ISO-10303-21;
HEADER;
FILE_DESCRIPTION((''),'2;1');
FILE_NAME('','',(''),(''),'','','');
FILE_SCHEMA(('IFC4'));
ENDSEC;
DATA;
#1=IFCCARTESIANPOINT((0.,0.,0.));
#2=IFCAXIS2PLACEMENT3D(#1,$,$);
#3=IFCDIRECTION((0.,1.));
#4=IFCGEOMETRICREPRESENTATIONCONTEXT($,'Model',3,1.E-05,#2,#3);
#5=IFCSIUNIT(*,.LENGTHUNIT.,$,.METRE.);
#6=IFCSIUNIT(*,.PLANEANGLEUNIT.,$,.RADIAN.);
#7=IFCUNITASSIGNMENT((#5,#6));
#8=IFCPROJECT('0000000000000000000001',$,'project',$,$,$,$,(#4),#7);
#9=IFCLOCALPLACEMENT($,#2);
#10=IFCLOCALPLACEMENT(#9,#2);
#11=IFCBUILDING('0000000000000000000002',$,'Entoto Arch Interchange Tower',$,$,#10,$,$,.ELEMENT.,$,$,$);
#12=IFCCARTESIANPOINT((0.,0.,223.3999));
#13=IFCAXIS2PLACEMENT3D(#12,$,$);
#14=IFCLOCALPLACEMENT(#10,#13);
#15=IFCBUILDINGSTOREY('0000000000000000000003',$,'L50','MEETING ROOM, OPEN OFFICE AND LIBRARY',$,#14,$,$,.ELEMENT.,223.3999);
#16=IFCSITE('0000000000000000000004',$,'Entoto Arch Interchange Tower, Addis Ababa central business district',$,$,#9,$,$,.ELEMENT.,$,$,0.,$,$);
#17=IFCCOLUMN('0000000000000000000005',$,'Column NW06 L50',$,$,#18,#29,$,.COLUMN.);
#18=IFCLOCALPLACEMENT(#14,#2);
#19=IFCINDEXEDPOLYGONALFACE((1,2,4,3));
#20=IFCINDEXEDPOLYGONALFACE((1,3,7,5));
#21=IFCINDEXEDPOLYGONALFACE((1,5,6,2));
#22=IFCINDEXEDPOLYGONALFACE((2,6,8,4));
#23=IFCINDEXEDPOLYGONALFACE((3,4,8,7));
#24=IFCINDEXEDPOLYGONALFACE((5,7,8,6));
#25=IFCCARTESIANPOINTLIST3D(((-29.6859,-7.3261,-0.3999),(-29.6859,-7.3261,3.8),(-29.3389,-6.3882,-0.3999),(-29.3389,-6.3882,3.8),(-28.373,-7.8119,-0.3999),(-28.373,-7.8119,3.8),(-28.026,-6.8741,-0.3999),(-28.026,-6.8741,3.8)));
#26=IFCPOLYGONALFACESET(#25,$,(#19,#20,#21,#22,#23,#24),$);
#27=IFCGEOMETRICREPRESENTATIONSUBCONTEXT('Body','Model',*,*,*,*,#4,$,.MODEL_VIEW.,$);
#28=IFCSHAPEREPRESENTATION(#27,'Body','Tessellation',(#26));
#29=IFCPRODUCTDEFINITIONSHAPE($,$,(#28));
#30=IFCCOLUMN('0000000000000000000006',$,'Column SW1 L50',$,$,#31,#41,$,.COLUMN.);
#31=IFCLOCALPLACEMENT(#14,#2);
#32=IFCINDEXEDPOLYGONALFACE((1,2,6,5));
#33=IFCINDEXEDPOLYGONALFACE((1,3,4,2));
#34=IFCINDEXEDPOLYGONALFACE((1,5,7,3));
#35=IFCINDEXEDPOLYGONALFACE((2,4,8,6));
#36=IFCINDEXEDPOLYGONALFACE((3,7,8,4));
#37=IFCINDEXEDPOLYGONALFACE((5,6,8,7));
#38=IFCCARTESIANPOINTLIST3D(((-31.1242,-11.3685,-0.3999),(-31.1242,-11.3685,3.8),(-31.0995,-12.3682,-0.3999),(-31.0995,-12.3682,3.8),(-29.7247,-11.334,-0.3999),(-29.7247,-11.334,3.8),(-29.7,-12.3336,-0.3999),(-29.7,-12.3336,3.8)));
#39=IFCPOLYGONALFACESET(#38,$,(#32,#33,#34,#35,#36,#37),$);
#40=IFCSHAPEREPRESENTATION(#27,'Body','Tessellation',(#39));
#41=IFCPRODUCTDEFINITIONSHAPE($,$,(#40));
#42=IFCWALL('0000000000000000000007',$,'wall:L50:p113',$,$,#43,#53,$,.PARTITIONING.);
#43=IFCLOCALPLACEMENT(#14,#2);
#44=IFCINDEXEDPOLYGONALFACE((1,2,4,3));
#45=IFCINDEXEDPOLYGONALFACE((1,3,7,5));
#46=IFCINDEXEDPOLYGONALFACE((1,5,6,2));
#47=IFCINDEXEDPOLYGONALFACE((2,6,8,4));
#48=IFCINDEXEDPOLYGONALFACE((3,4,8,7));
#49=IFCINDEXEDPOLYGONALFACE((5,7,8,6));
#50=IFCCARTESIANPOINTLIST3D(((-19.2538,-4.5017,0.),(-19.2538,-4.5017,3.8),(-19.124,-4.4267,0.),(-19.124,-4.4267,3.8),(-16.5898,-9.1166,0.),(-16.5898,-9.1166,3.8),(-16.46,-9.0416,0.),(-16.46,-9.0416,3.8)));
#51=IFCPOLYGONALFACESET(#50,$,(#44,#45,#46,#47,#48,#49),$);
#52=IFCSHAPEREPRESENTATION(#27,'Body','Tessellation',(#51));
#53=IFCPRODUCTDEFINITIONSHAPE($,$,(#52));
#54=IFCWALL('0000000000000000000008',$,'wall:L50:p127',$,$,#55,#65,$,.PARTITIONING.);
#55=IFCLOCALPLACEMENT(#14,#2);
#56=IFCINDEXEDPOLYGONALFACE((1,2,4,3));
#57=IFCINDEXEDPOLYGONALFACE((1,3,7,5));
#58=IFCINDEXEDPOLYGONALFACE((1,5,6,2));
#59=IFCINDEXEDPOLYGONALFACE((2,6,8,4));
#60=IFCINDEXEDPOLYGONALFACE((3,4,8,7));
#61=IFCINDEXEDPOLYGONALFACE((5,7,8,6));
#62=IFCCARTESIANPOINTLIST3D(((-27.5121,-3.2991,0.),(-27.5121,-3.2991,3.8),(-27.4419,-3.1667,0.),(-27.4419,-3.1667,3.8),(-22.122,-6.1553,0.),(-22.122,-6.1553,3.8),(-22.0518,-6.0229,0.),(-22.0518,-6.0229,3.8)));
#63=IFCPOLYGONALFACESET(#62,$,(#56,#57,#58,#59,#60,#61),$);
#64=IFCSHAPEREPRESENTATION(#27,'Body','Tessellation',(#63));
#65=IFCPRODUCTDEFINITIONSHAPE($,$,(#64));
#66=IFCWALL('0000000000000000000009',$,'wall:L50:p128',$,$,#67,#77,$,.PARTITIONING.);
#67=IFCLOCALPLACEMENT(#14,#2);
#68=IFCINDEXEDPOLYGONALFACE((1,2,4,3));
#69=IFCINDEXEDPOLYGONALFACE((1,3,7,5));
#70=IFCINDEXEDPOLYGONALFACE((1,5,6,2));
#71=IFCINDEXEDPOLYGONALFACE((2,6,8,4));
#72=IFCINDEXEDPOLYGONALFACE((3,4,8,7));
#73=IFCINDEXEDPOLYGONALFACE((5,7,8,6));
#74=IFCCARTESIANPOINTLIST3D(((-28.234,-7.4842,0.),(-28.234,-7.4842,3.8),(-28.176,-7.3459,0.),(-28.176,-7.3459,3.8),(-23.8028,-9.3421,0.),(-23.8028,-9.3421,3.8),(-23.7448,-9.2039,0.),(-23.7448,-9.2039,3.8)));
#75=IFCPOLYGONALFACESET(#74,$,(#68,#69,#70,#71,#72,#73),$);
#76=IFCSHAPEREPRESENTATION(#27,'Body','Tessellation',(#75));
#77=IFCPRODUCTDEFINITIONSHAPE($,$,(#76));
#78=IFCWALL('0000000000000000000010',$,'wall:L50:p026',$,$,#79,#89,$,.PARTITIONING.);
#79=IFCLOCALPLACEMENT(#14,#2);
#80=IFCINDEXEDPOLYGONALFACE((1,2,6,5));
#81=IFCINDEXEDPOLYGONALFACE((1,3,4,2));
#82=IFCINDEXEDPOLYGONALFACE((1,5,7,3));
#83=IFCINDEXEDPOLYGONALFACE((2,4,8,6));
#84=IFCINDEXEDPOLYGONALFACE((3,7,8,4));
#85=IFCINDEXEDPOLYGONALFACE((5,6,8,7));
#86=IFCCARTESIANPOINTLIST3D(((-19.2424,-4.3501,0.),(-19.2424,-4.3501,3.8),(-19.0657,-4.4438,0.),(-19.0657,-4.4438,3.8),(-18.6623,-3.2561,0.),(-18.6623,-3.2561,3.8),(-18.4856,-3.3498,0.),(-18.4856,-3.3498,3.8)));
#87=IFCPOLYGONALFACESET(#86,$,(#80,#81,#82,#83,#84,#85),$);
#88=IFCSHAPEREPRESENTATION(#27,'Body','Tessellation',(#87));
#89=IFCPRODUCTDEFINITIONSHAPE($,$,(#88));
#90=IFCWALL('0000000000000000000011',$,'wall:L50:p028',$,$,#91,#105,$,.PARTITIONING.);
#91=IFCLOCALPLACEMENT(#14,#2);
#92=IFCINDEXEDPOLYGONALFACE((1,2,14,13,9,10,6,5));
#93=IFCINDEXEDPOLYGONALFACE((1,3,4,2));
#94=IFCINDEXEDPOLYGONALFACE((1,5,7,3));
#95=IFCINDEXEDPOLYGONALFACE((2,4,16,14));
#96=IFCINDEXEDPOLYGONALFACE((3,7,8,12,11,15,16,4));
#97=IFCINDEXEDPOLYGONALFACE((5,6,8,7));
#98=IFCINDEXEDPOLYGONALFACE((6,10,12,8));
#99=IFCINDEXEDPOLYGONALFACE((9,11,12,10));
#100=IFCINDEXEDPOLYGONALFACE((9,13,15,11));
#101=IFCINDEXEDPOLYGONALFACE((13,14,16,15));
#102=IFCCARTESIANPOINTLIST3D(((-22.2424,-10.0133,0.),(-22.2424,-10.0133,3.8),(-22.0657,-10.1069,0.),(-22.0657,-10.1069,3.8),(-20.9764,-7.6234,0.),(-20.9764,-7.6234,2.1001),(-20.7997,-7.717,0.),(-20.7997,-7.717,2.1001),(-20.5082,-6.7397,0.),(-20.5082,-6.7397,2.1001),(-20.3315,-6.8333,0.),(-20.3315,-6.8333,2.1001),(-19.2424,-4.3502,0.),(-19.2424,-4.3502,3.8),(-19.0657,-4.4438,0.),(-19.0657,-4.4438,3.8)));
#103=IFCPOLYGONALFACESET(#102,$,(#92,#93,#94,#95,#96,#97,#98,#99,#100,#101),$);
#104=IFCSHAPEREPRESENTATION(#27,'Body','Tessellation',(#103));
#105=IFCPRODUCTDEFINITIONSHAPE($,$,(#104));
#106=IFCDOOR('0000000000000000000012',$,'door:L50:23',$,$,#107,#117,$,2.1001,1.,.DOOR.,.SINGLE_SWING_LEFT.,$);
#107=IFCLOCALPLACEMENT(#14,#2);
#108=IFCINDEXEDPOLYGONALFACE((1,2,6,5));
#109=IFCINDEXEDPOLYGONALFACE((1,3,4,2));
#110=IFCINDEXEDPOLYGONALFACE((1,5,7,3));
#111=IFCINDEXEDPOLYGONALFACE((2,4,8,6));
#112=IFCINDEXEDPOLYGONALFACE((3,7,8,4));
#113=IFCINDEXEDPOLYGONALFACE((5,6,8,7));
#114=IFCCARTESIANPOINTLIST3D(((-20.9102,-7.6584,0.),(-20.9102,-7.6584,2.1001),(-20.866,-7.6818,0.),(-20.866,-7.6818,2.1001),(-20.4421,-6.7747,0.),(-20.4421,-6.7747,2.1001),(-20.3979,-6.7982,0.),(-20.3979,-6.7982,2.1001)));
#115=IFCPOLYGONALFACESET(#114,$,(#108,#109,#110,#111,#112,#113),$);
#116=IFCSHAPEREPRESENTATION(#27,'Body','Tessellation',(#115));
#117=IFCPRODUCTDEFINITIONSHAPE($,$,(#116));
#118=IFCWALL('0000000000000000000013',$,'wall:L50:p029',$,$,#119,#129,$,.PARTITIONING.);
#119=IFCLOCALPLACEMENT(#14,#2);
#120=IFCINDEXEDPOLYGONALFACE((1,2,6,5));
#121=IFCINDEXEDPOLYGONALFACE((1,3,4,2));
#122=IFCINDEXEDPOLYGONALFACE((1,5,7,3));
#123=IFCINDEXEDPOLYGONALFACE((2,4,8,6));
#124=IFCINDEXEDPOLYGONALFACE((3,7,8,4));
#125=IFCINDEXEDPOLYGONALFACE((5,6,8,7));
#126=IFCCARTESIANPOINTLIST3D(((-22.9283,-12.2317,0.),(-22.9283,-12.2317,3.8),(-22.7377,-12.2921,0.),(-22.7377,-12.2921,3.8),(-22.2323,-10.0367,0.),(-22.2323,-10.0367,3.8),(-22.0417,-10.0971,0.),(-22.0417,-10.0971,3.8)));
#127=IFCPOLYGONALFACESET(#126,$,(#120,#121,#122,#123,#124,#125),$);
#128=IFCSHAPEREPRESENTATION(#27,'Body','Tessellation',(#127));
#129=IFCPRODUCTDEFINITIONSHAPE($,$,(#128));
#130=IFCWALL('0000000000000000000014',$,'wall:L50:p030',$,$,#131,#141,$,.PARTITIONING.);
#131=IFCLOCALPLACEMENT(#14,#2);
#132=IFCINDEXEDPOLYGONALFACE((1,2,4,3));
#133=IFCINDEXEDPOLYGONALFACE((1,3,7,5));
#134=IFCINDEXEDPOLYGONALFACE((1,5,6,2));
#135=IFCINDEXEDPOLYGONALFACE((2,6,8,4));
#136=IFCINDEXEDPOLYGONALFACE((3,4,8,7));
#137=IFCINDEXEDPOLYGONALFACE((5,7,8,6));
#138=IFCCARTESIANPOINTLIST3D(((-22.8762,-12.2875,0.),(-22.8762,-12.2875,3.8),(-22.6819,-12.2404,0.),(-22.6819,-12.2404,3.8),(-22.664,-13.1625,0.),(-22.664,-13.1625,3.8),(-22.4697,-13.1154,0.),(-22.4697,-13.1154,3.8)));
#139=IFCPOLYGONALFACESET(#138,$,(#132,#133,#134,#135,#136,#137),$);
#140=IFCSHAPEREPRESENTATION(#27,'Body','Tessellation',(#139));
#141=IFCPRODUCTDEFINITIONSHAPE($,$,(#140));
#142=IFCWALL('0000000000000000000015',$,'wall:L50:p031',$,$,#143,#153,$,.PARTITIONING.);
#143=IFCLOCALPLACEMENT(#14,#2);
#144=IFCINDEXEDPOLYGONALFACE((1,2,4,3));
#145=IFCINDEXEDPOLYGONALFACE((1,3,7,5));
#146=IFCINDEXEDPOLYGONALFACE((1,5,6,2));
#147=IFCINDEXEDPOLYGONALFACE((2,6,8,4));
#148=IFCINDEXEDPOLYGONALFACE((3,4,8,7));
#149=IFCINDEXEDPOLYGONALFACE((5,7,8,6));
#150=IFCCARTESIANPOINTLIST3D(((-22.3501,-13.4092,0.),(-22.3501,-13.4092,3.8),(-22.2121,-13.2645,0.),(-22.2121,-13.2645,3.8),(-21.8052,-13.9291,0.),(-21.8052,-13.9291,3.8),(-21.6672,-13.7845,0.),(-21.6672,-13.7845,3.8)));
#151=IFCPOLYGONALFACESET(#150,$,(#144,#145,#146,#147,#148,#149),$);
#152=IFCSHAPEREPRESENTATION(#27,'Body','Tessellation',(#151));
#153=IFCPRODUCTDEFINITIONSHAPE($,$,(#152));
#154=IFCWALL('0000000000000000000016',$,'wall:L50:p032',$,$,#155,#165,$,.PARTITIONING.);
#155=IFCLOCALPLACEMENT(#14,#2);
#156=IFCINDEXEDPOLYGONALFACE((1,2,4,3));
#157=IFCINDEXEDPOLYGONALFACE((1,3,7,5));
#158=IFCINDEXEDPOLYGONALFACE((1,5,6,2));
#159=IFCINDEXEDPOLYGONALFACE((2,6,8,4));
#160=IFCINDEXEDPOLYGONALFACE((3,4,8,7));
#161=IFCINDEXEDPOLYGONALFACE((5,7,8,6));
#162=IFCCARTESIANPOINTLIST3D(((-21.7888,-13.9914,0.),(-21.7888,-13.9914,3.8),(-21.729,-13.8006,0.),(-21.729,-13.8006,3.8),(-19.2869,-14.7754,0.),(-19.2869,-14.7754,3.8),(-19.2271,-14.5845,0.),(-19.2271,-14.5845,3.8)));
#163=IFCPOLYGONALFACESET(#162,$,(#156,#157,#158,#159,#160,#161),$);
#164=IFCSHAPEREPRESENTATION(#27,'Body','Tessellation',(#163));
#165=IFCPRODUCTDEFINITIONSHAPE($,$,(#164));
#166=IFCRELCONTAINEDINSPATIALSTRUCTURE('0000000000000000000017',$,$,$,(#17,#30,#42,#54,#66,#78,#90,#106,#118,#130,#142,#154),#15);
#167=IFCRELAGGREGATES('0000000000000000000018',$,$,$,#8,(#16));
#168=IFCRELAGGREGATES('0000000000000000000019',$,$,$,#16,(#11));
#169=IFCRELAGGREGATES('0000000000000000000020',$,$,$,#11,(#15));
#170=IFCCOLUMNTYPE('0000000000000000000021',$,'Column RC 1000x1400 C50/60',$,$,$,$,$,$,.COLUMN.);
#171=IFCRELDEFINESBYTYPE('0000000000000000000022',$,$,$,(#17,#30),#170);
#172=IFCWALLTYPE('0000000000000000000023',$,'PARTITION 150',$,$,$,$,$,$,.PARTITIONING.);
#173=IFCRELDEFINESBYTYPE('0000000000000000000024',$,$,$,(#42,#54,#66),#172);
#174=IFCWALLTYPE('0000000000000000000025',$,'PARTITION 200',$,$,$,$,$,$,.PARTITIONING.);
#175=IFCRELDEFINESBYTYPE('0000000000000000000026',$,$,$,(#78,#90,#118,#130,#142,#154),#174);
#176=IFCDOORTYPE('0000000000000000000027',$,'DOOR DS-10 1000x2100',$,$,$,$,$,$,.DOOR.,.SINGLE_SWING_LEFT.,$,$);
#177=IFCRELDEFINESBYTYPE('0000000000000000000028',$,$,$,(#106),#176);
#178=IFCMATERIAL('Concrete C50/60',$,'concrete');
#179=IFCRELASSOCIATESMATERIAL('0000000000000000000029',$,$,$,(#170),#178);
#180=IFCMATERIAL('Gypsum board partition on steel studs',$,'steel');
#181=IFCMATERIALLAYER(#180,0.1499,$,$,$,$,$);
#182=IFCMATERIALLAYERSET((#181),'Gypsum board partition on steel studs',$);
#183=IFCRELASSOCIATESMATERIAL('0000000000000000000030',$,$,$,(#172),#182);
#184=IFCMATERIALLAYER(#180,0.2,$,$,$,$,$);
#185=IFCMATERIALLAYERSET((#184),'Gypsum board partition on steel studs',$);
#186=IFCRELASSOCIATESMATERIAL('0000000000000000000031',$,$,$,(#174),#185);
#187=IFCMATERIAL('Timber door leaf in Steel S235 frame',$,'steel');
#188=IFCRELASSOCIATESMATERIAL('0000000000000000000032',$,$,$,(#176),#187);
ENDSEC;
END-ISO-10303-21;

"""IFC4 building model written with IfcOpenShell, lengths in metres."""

from ifc_helpers import new_model, si_unit, direction, frame, frame_2d, origin, origin_2d, place, context, subcontext, project, spatial, rectangle, extrude, material, layer, layer_set, material_profile, profile_set, type_object, element, fill, save


model = new_model("IFC4")

# Units and contexts
model_context = context("Model", 3, precision=1e-05, world=origin(), true_north=direction((0.0, 1.0)))
body_context = subcontext(model_context, "Body", "Model", "MODEL_VIEW")
ifc_project = project(units=[si_unit("LENGTHUNIT", "METRE"), si_unit("PLANEANGLEUNIT", "RADIAN")], contexts=[model_context])

# Site, building, storey
site_placement = place(None, origin())
site = spatial("IfcSite", under=ifc_project, at=site_placement, Name="Entoto Arch Interchange Tower, Addis Ababa central business district", CompositionType="ELEMENT", RefElevation=0.0)
building_placement = place(site_placement, origin())
building = spatial("IfcBuilding", under=site, at=building_placement, Name="Entoto Arch Interchange Tower", CompositionType="ELEMENT")
storey_placement = place(building_placement, frame((0.0, 0.0, 223.3999)))
storey = spatial("IfcBuildingStorey", under=building, at=storey_placement, Name="L50", Description="MEETING ROOM, OPEN OFFICE AND LIBRARY", CompositionType="ELEMENT", Elevation=223.3999)

# Columns
ifc_material_1 = material(Name="Concrete C50/60", Category="concrete")
ifc_material_profile = material_profile(ifc_material_1, rectangle(XDim=1.0, YDim=1.3999, at=origin_2d()))
ifc_profile_set = profile_set([ifc_material_profile], Name="Concrete C50/60")
column_type = type_object("IfcColumnType", Name="Column RC 1000x1400 C50/60", PredefinedType="COLUMN", material=ifc_profile_set)
for number, where, z_axis, x_axis, name in (
    (1, (-28.856, -7.1001, -0.3999), (0.0, 0.0, 1.0), (0.347067, 0.93784, 0.0), "Column NW06 L50"),
    (2, (-30.4121, -11.8511, -0.3999), (0.0, 0.0, 1.0), (-0.024676, 0.999695, 0.0), "Column SW1 L50"),
):
    element("IfcColumn", number, at=place(storey_placement, frame(where, z_axis=z_axis, x_axis=x_axis)), inside=storey, type_object=column_type, Name=name, PredefinedType="COLUMN", context=body_context, shape_type="SweptSolid", body=[
        extrude(rectangle(XDim=1.0, YDim=1.3999, at=origin_2d()), origin(), (0.0, 0.0, 1.0), 4.2),
    ])

# Walls
ifc_material_2 = material(Name="Gypsum board partition on steel studs", Category="steel")
ifc_layer_1 = layer(ifc_material_2, 0.1499)
ifc_layer_set_1 = layer_set([ifc_layer_1], Name="Gypsum board partition on steel studs")
wall_type_1 = type_object("IfcWallType", Name="PARTITION 150", PredefinedType="PARTITIONING", material=ifc_layer_set_1)
wall_1_placement = place(storey_placement, frame((-16.5249, -9.0791, 0.0), z_axis=(0.0, 0.0, 1.0), x_axis=(-0.499943, 0.866058, 0.0)))
element("IfcWall", 3, at=wall_1_placement, inside=storey, type_object=wall_type_1, Name="wall:L50:p113", PredefinedType="PARTITIONING", context=body_context, shape_type="SweptSolid", body=[
    extrude(rectangle(XDim=5.3286, YDim=0.1499, at=frame_2d((2.6643, 0.0))), origin(), (0.0, 0.0, 1.0), 3.8),
])
wall_2_placement = place(storey_placement, frame((-22.0869, -6.0891, 0.0), z_axis=(0.0, 0.0, 1.0), x_axis=(-0.883612, 0.468221, 0.0)))
element("IfcWall", 4, at=wall_2_placement, inside=storey, type_object=wall_type_1, Name="wall:L50:p127", PredefinedType="PARTITIONING", context=body_context, shape_type="SweptSolid", body=[
    extrude(rectangle(XDim=6.1001, YDim=0.1499, at=frame_2d((3.05, 0.0))), origin(), (0.0, 0.0, 1.0), 3.8),
])
wall_3_placement = place(storey_placement, frame((-23.7739, -9.2729, 0.0), z_axis=(0.0, 0.0, 1.0), x_axis=(-0.922218, 0.386671, 0.0)))
element("IfcWall", 5, at=wall_3_placement, inside=storey, type_object=wall_type_1, Name="wall:L50:p128", PredefinedType="PARTITIONING", context=body_context, shape_type="SweptSolid", body=[
    extrude(rectangle(XDim=4.8049, YDim=0.1499, at=frame_2d((2.4023, 0.0))), origin(), (0.0, 0.0, 1.0), 3.8),
])
ifc_layer_2 = layer(ifc_material_2, 0.2)
ifc_layer_set_2 = layer_set([ifc_layer_2], Name="Gypsum board partition on steel studs")
wall_type_2 = type_object("IfcWallType", Name="PARTITION 200", PredefinedType="PARTITIONING", material=ifc_layer_set_2)
wall_4_placement = place(storey_placement, frame((-18.574, -3.303, 0.0), z_axis=(0.0, 0.0, 1.0), x_axis=(-0.468458, -0.883486, 0.0)))
element("IfcWall", 6, at=wall_4_placement, inside=storey, type_object=wall_type_2, Name="wall:L50:p026", PredefinedType="PARTITIONING", context=body_context, shape_type="SweptSolid", body=[
    extrude(rectangle(XDim=1.2383, YDim=0.2, at=frame_2d((0.6191, 0.0))), origin(), (0.0, 0.0, 1.0), 3.8),
])

# Wall, opening, door
wall_5_placement = place(storey_placement, frame((-19.1541, -4.397, 0.0), z_axis=(0.0, 0.0, 1.0), x_axis=(-0.468119, -0.883666, 0.0)))
wall_5 = element("IfcWall", 7, at=wall_5_placement, inside=storey, type_object=wall_type_2, Name="wall:L50:p028", PredefinedType="PARTITIONING", context=body_context, shape_type="SweptSolid", body=[
    extrude(rectangle(XDim=6.4087, YDim=0.2, at=frame_2d((3.2043, 0.0))), origin(), (0.0, 0.0, 1.0), 3.8),
])
opening_1_placement = place(wall_5_placement, frame((2.7041, 0.0, 0.0)))
opening_1 = element("IfcOpeningElement", 8, at=opening_1_placement, cuts=wall_5, PredefinedType="OPENING", context=body_context, shape_type="SweptSolid", body=[
    extrude(rectangle(XDim=1.0, YDim=2.1001, at=frame_2d((0.5, 1.05))), frame((0.0, 0.1099, 0.0), z_axis=(0.0, -1.0, 0.0), x_axis=(1.0, 0.0, 0.0)), (0.0, 0.0, 1.0), 0.22),
])
ifc_material_3 = material(Name="Timber door leaf in Steel S235 frame", Category="steel")
door_type = type_object("IfcDoorType", Name="DOOR DS-10 1000x2100", OperationType="SINGLE_SWING_LEFT", PredefinedType="DOOR", material=ifc_material_3)
door_1_placement = place(opening_1_placement, origin())
door_1 = element("IfcDoor", 9, at=door_1_placement, inside=storey, type_object=door_type, Name="door:L50:23", OperationType="SINGLE_SWING_LEFT", OverallHeight=2.1001, OverallWidth=1.0, PredefinedType="DOOR", context=body_context, shape_type="SweptSolid", body=[
    extrude(rectangle(XDim=1.0, YDim=2.1001, at=frame_2d((0.5, 1.05))), frame((0.0, 0.0249, 0.0), z_axis=(0.0, -1.0, 0.0), x_axis=(1.0, 0.0, 0.0)), (0.0, 0.0, 1.0), 0.05),
])
fill(opening_1, door_1)

# Walls
wall_6_placement = place(storey_placement, frame((-22.137, -10.0669, 0.0), z_axis=(0.0, 0.0, 1.0), x_axis=(-0.302263, -0.953225, 0.0)))
element("IfcWall", 10, at=wall_6_placement, inside=storey, type_object=wall_type_2, Name="wall:L50:p029", PredefinedType="PARTITIONING", context=body_context, shape_type="SweptSolid", body=[
    extrude(rectangle(XDim=2.3027, YDim=0.2, at=frame_2d((1.1514, 0.0))), origin(), (0.0, 0.0, 1.0), 3.8),
])
wall_7_placement = place(storey_placement, frame((-22.7791, -12.2639, 0.0), z_axis=(0.0, 0.0, 1.0), x_axis=(0.235639, -0.971841, 0.0)))
element("IfcWall", 11, at=wall_7_placement, inside=storey, type_object=wall_type_2, Name="wall:L50:p030", PredefinedType="PARTITIONING", context=body_context, shape_type="SweptSolid", body=[
    extrude(rectangle(XDim=0.9004, YDim=0.2, at=frame_2d((0.4502, 0.0))), origin(), (0.0, 0.0, 1.0), 3.8),
])
wall_8_placement = place(storey_placement, frame((-22.281, -13.3369, 0.0), z_axis=(0.0, 0.0, 1.0), x_axis=(0.723444, -0.690383, 0.0)))
element("IfcWall", 12, at=wall_8_placement, inside=storey, type_object=wall_type_2, Name="wall:L50:p031", PredefinedType="PARTITIONING", context=body_context, shape_type="SweptSolid", body=[
    extrude(rectangle(XDim=0.7532, YDim=0.2, at=frame_2d((0.3765, 0.0))), origin(), (0.0, 0.0, 1.0), 3.8),
])
wall_9_placement = place(storey_placement, frame((-21.759, -13.896, 0.0), z_axis=(0.0, 0.0, 1.0), x_axis=(0.954254, -0.298996, 0.0)))
element("IfcWall", 13, at=wall_9_placement, inside=storey, type_object=wall_type_2, Name="wall:L50:p032", PredefinedType="PARTITIONING", context=body_context, shape_type="SweptSolid", body=[
    extrude(rectangle(XDim=2.6218, YDim=0.2, at=frame_2d((1.311, 0.0))), origin(), (0.0, 0.0, 1.0), 3.8),
])

save(model, "model.ifc")
